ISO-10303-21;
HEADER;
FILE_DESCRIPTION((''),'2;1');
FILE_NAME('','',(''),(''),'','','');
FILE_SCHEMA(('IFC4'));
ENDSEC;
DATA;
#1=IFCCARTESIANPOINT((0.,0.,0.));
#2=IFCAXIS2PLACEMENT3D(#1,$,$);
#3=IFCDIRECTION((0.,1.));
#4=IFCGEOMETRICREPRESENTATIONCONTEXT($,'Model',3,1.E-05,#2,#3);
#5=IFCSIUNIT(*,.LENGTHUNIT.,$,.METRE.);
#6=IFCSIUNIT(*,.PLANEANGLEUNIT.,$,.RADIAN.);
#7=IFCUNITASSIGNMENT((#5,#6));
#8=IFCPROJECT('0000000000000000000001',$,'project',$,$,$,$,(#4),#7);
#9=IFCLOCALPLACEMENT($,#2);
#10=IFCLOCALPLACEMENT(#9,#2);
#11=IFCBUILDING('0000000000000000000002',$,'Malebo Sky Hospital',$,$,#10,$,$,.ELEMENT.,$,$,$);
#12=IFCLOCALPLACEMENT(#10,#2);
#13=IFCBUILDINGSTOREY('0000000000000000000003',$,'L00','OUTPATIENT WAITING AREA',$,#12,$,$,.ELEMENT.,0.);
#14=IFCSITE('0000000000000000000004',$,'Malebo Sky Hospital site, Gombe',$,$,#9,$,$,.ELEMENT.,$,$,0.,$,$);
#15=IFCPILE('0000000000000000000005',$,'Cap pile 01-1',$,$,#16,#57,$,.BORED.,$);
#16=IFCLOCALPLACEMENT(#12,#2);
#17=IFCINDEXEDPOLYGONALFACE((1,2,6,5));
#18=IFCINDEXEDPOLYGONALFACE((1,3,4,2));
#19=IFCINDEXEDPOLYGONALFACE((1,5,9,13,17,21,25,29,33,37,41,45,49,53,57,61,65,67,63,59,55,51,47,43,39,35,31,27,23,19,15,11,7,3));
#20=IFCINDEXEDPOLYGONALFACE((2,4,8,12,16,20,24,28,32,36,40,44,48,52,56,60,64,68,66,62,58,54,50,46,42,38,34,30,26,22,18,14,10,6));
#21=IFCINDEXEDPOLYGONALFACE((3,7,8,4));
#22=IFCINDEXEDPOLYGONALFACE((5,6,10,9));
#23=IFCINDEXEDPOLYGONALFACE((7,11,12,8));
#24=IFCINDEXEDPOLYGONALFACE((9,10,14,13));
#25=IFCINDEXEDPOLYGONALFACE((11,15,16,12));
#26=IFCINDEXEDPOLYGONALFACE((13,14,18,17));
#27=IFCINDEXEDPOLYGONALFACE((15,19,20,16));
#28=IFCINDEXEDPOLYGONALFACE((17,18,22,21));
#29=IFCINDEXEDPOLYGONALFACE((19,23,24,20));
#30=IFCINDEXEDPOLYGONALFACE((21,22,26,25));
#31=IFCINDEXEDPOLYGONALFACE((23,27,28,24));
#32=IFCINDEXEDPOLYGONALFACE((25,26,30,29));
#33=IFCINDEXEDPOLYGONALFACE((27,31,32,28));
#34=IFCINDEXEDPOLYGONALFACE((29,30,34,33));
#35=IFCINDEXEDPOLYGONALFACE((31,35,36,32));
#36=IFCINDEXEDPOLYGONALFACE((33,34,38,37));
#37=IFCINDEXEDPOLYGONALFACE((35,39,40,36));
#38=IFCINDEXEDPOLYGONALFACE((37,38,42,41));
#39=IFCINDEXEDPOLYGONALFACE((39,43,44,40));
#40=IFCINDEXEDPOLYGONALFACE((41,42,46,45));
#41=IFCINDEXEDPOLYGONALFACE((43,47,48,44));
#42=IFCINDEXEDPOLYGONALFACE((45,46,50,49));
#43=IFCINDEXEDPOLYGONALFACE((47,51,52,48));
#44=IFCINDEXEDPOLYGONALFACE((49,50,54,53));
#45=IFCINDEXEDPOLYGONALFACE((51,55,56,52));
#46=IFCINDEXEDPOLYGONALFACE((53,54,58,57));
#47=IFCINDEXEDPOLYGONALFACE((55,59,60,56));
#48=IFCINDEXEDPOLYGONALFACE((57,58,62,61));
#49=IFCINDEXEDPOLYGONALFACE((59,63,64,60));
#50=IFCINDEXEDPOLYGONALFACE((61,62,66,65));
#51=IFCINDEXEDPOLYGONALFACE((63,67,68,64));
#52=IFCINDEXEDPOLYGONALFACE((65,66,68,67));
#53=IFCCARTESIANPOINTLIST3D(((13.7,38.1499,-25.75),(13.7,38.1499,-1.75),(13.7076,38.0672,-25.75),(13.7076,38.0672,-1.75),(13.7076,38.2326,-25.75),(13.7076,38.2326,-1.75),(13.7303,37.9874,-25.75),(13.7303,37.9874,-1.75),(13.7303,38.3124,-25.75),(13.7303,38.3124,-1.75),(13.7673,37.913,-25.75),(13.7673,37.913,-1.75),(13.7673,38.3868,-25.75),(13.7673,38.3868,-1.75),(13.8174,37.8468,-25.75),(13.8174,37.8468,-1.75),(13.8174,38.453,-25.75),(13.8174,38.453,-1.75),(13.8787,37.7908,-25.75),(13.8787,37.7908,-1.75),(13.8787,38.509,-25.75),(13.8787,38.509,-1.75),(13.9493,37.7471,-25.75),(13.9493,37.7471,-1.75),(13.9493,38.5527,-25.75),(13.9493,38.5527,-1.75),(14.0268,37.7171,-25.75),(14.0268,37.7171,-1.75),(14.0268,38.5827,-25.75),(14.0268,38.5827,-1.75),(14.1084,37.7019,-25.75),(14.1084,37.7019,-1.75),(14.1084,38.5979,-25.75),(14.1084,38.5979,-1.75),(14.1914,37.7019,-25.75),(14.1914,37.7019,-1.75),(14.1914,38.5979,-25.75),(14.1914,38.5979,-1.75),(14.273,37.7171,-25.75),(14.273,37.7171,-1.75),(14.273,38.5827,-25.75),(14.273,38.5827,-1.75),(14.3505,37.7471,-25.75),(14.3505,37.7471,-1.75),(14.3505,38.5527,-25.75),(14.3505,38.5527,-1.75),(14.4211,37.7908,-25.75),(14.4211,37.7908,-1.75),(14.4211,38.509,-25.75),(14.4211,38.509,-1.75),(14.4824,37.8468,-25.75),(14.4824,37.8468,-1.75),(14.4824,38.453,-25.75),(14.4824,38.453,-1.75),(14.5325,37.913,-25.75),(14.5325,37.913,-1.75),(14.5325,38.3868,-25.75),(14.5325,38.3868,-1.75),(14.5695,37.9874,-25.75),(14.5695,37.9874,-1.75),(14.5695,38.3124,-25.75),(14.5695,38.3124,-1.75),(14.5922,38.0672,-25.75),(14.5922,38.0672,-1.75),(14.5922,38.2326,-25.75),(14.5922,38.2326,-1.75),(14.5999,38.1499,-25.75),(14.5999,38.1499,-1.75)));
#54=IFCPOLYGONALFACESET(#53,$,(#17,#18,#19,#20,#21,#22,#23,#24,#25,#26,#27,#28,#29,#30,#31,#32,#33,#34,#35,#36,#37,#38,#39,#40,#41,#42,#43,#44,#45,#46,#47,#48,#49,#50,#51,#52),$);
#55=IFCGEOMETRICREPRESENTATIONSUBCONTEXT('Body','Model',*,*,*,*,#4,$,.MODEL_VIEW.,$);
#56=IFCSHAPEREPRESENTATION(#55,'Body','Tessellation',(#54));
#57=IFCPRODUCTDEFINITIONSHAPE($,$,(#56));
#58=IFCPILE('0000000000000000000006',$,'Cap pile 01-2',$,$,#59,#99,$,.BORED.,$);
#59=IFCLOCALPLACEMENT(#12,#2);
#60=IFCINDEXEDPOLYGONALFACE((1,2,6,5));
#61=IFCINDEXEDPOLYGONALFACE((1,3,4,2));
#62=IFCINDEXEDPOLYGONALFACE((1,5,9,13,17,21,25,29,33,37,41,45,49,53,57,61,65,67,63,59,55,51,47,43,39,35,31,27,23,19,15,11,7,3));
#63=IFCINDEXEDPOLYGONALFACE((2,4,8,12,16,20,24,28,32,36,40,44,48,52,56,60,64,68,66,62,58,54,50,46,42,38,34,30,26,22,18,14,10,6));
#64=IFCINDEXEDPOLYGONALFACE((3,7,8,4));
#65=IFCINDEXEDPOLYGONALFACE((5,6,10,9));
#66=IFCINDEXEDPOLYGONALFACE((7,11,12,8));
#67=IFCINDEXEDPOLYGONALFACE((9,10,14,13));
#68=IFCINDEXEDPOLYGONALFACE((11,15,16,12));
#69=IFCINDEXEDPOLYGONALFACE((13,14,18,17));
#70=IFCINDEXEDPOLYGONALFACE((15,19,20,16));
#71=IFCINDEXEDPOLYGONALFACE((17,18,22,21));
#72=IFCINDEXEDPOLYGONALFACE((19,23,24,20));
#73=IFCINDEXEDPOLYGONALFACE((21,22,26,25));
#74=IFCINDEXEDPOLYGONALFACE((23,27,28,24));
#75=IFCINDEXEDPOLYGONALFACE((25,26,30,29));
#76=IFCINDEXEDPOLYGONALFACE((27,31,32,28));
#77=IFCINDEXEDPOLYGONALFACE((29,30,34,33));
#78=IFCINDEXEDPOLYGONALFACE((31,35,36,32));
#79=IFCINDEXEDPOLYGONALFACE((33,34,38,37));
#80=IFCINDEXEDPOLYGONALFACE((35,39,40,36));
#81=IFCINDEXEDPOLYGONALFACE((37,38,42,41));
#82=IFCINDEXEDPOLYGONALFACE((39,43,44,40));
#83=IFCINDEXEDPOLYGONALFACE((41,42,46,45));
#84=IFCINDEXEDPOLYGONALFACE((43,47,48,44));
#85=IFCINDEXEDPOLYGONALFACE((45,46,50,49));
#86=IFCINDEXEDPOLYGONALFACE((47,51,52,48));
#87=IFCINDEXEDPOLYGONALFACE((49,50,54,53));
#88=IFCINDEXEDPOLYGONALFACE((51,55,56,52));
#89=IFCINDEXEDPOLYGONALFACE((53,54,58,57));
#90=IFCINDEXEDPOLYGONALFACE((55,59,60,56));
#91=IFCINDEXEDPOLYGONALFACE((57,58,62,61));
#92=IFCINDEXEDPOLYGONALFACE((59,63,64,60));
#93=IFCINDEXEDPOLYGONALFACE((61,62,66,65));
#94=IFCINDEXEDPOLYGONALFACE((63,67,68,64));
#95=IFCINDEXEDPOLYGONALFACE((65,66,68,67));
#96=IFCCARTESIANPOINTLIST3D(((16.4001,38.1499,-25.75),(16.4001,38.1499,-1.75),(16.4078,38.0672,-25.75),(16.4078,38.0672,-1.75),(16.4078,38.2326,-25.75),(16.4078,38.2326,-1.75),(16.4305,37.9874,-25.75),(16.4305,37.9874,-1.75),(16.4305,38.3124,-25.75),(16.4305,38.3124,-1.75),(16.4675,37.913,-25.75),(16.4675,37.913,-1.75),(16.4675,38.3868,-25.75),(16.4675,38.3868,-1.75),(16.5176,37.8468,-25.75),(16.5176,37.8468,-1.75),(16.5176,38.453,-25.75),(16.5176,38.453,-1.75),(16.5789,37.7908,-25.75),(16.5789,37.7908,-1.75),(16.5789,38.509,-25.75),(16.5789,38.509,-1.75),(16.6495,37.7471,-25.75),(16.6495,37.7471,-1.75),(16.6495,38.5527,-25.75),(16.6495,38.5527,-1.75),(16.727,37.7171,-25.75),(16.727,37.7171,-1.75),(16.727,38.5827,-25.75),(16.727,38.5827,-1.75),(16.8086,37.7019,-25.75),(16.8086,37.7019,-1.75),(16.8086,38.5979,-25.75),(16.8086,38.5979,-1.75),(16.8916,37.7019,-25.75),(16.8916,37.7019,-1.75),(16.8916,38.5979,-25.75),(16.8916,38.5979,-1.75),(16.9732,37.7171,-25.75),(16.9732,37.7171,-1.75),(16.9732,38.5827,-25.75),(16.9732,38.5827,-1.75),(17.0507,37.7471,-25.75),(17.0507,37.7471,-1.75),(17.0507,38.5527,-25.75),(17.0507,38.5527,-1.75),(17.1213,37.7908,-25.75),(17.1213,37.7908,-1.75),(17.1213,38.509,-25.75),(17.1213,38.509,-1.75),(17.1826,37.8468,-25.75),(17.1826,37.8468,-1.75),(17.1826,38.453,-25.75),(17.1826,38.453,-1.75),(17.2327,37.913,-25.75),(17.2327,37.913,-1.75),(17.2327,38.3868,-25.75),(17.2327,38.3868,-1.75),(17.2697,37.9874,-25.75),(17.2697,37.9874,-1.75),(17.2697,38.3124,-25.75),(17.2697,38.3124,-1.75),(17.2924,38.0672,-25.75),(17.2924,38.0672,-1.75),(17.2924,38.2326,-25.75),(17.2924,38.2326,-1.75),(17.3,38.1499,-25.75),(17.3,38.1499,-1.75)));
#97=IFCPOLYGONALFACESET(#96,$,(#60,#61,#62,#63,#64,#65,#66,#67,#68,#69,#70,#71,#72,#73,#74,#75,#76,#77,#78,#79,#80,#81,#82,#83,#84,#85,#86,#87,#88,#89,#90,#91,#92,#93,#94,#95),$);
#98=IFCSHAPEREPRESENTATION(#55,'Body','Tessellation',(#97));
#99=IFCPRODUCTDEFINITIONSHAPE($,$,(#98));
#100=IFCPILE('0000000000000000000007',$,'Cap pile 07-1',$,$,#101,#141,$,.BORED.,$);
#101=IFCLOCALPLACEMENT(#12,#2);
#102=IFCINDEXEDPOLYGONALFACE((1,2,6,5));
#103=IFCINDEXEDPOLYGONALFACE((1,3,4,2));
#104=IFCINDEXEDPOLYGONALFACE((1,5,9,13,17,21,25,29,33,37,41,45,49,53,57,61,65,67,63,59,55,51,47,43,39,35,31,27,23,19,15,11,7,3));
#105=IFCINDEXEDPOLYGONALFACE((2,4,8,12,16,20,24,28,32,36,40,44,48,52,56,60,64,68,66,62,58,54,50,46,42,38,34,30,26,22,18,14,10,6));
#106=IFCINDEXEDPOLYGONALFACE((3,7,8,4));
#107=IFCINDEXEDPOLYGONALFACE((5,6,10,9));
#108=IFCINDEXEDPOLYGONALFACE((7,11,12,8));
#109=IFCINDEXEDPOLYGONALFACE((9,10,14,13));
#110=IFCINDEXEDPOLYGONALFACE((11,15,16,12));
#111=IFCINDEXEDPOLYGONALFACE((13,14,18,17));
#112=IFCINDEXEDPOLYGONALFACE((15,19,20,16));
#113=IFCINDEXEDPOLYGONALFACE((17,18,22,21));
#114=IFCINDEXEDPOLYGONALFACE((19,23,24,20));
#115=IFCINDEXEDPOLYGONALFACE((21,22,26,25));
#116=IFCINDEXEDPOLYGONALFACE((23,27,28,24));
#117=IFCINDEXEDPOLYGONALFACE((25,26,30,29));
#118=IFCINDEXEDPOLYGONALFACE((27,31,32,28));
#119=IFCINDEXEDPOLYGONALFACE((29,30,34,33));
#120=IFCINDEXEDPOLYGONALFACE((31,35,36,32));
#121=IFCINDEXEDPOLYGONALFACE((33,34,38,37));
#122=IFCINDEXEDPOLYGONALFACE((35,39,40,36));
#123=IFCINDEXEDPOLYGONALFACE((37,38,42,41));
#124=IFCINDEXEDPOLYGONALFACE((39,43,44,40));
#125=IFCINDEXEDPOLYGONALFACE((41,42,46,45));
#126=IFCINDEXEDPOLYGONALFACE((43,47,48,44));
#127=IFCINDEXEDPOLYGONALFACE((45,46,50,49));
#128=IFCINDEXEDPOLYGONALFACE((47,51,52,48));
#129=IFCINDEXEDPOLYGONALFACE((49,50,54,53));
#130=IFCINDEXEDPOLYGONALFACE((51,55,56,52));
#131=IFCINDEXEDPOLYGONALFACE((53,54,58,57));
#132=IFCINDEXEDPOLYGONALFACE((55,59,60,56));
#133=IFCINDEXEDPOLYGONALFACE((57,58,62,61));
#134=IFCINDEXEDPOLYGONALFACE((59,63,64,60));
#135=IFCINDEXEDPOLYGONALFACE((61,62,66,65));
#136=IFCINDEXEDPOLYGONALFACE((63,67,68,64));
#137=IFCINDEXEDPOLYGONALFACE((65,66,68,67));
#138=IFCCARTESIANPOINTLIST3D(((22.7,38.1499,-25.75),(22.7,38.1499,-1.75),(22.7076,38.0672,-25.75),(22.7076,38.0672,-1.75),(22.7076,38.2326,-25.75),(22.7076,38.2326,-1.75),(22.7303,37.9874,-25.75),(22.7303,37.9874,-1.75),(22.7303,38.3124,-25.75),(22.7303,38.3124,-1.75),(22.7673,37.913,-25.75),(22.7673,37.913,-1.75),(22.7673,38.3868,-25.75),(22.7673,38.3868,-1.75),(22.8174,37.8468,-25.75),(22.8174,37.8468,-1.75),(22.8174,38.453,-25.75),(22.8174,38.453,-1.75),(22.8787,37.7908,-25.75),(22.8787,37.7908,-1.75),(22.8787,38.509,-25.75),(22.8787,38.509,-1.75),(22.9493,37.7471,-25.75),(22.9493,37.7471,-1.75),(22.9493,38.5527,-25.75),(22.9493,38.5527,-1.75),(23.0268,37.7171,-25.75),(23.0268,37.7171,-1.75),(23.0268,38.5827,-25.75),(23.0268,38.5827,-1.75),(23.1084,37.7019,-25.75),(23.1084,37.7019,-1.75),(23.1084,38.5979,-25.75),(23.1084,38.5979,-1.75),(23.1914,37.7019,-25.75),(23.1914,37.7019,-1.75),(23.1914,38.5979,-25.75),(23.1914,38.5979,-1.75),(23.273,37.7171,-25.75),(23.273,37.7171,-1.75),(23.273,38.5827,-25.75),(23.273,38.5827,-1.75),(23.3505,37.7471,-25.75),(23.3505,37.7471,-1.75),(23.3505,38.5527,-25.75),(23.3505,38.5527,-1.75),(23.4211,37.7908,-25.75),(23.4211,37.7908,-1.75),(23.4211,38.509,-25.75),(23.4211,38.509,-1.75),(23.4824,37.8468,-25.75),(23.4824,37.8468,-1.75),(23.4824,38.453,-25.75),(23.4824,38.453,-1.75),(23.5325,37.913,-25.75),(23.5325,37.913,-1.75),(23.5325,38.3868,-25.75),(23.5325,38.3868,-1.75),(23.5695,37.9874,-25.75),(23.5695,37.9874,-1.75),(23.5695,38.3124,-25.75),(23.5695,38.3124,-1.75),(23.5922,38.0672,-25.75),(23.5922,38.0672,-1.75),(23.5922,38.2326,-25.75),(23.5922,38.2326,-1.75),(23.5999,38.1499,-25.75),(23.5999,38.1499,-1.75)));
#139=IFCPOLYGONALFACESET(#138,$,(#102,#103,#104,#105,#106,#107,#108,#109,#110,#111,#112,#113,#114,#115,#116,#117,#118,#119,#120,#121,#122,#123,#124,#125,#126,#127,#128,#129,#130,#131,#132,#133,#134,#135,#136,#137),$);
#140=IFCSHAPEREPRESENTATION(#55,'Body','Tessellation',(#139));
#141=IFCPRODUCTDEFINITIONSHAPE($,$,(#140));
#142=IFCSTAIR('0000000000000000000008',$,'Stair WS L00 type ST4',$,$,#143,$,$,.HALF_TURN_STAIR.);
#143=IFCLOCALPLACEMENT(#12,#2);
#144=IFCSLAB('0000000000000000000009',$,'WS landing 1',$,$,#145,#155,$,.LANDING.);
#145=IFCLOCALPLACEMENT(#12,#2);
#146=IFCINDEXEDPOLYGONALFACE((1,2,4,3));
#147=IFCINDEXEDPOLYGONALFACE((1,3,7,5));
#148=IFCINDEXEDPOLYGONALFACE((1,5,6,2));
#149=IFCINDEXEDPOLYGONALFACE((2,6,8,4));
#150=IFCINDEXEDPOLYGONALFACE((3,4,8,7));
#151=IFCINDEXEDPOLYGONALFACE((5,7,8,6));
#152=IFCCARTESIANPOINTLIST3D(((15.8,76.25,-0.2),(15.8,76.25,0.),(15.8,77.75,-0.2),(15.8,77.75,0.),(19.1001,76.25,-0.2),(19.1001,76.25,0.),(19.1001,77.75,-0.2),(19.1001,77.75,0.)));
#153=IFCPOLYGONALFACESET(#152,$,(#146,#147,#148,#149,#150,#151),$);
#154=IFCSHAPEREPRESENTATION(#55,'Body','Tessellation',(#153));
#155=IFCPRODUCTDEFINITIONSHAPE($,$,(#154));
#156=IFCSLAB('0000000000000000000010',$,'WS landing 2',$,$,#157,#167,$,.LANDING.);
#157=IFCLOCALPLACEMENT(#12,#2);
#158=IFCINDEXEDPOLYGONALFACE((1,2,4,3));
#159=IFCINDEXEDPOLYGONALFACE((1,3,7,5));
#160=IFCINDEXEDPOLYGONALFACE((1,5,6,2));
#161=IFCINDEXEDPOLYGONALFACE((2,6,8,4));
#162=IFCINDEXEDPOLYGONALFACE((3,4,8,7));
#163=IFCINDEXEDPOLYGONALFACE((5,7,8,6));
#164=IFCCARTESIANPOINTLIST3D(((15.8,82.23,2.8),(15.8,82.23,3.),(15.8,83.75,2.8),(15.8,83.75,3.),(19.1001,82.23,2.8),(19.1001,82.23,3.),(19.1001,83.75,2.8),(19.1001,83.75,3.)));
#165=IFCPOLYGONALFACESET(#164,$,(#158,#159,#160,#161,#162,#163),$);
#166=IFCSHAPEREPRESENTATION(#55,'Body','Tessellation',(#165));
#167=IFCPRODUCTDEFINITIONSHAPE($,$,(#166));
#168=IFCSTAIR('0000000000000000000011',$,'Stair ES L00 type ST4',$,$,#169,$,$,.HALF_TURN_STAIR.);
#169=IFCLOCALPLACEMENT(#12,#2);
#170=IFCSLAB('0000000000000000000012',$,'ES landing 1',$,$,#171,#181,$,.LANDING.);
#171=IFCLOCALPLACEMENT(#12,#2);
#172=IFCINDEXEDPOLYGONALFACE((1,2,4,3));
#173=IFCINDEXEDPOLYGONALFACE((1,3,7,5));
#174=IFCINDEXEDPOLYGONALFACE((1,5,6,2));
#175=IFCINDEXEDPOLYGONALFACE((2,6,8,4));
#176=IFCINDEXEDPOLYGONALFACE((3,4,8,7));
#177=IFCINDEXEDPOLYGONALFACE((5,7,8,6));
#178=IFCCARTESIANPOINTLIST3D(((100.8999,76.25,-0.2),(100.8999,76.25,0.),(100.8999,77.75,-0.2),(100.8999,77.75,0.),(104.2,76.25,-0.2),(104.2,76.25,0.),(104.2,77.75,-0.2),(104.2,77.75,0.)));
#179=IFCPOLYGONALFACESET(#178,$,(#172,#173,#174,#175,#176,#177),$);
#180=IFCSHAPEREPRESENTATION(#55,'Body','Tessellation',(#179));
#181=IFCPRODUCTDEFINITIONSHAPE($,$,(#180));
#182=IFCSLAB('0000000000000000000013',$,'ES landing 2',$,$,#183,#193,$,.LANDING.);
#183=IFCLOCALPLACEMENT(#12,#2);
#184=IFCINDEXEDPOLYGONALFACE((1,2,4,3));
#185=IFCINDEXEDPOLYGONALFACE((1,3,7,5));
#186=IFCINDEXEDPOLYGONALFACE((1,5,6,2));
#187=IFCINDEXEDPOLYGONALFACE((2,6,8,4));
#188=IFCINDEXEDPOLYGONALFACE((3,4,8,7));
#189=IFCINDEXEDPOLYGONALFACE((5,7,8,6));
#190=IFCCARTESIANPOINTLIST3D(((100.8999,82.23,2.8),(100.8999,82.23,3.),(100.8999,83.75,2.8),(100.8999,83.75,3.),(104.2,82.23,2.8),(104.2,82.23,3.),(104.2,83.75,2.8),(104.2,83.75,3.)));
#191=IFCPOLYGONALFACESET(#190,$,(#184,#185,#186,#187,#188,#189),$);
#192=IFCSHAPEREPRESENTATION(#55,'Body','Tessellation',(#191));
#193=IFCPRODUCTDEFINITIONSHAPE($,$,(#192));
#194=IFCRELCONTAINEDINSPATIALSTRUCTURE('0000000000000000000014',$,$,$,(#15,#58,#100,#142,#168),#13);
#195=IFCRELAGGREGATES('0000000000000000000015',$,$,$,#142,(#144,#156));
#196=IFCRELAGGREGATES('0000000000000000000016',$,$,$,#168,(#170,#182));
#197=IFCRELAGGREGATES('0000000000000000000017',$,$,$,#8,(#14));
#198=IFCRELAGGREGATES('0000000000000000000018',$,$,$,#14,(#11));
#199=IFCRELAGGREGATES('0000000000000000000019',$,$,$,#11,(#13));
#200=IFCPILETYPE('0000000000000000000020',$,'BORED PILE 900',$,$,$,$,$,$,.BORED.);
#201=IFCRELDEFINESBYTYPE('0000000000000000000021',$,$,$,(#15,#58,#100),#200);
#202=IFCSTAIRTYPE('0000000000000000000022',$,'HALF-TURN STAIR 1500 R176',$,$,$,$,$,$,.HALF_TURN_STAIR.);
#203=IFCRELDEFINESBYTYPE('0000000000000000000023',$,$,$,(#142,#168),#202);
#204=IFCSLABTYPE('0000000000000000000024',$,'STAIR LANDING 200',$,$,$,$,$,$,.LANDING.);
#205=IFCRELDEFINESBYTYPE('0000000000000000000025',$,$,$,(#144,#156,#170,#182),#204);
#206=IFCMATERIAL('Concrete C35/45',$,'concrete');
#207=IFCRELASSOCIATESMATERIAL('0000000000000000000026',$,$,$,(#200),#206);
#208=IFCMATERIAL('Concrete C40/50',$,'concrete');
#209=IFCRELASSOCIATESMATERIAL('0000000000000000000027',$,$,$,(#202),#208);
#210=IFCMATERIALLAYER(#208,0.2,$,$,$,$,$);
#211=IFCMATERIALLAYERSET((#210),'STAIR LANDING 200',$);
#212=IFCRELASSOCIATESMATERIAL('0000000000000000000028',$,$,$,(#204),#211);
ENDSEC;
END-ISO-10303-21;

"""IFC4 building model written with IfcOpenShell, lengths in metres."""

from ifc_helpers import new_model, si_unit, direction, frame, origin, origin_2d, place, context, subcontext, project, spatial, polyline, circle, outline, extrude, material, layer, layer_set, material_profile, profile_set, type_object, element, aggregate, save


model = new_model("IFC4")

# Units and contexts
model_context = context("Model", 3, precision=1e-05, world=origin(), true_north=direction((0.0, 1.0)))
body_context = subcontext(model_context, "Body", "Model", "MODEL_VIEW")
ifc_project = project(units=[si_unit("LENGTHUNIT", "METRE"), si_unit("PLANEANGLEUNIT", "RADIAN")], contexts=[model_context])

# Site, building, storey
site_placement = place(None, origin())
site = spatial("IfcSite", under=ifc_project, at=site_placement, Name="Malebo Sky Hospital site, Gombe", CompositionType="ELEMENT", RefElevation=0.0)
building_placement = place(site_placement, origin())
building = spatial("IfcBuilding", under=site, at=building_placement, Name="Malebo Sky Hospital", CompositionType="ELEMENT")
storey_placement = place(building_placement, origin())
storey = spatial("IfcBuildingStorey", under=building, at=storey_placement, Name="L00", Description="OUTPATIENT WAITING AREA", CompositionType="ELEMENT", Elevation=0.0)

# Piles
ifc_material_1 = material(Name="Concrete C35/45", Category="concrete")
ifc_material_profile = material_profile(ifc_material_1, circle(Radius=0.45, at=origin_2d()), Name="BP 900")
ifc_profile_set = profile_set([ifc_material_profile], Name="Concrete C35/45")
pile_type = type_object("IfcPileType", Name="BORED PILE 900", PredefinedType="BORED", material=ifc_profile_set)
for number, where, z_axis, x_axis, name in (
    (1, (14.1499, 38.1499, -1.75), (0.0, 0.0, -1.0), (1.0, 0.0, 0.0), "Cap pile 01-1"),
    (2, (16.8501, 38.1499, -1.75), (0.0, 0.0, -1.0), (1.0, 0.0, 0.0), "Cap pile 01-2"),
    (3, (23.1499, 38.1499, -1.75), (0.0, 0.0, -1.0), (1.0, 0.0, 0.0), "Cap pile 07-1"),
):
    element("IfcPile", number, at=place(storey_placement, frame(where, z_axis=z_axis, x_axis=x_axis)), inside=storey, type_object=pile_type, Name=name, PredefinedType="BORED", context=body_context, shape_type="SweptSolid", body=[
        extrude(circle(Radius=0.45, at=origin_2d()), origin(), (0.0, 0.0, 1.0), 24.0),
    ])

# Stairs, slabs
ifc_material_2 = material(Name="Concrete C40/50", Category="concrete")
stair_type = type_object("IfcStairType", Name="HALF-TURN STAIR 1500 R176", PredefinedType="HALF_TURN_STAIR", material=ifc_material_2)
stair_1_placement = place(storey_placement, origin())
stair_1 = element("IfcStair", 4, at=stair_1_placement, inside=storey, type_object=stair_type, Name="Stair WS L00 type ST4", PredefinedType="HALF_TURN_STAIR")
ifc_layer_1 = layer(ifc_material_2, 0.2)
ifc_layer_set_1 = layer_set([ifc_layer_1], Name="STAIR LANDING 200")
slab_type = type_object("IfcSlabType", Name="STAIR LANDING 200", PredefinedType="LANDING", material=ifc_layer_set_1)
slab_1_placement = place(storey_placement, frame((0.0, 0.0, -0.2)))
slab_1 = element("IfcSlab", 5, at=slab_1_placement, type_object=slab_type, Name="WS landing 1", PredefinedType="LANDING", context=body_context, shape_type="SweptSolid", body=[
    extrude(outline(polyline([(15.8, 76.25), (19.1001, 76.25), (19.1001, 77.75), (15.8, 77.75), (15.8, 76.25)])), origin(), (0.0, 0.0, 1.0), 0.2),
])
slab_2_placement = place(storey_placement, frame((0.0, 0.0, 2.8)))
slab_2 = element("IfcSlab", 6, at=slab_2_placement, type_object=slab_type, Name="WS landing 2", PredefinedType="LANDING", context=body_context, shape_type="SweptSolid", body=[
    extrude(outline(polyline([(15.8, 82.23), (19.1001, 82.23), (19.1001, 83.75), (15.8, 83.75), (15.8, 82.23)])), origin(), (0.0, 0.0, 1.0), 0.2),
])
aggregate(stair_1, [slab_1, slab_2])
stair_2_placement = place(storey_placement, origin())
stair_2 = element("IfcStair", 7, at=stair_2_placement, inside=storey, type_object=stair_type, Name="Stair ES L00 type ST4", PredefinedType="HALF_TURN_STAIR")
slab_3_placement = place(storey_placement, frame((0.0, 0.0, -0.2)))
slab_3 = element("IfcSlab", 8, at=slab_3_placement, type_object=slab_type, Name="ES landing 1", PredefinedType="LANDING", context=body_context, shape_type="SweptSolid", body=[
    extrude(outline(polyline([(100.8999, 76.25), (104.2, 76.25), (104.2, 77.75), (100.8999, 77.75), (100.8999, 76.25)])), origin(), (0.0, 0.0, 1.0), 0.2),
])
slab_4_placement = place(storey_placement, frame((0.0, 0.0, 2.8)))
slab_4 = element("IfcSlab", 9, at=slab_4_placement, type_object=slab_type, Name="ES landing 2", PredefinedType="LANDING", context=body_context, shape_type="SweptSolid", body=[
    extrude(outline(polyline([(100.8999, 82.23), (104.2, 82.23), (104.2, 83.75), (100.8999, 83.75), (100.8999, 82.23)])), origin(), (0.0, 0.0, 1.0), 0.2),
])
aggregate(stair_2, [slab_3, slab_4])

save(model, "model.ifc")
